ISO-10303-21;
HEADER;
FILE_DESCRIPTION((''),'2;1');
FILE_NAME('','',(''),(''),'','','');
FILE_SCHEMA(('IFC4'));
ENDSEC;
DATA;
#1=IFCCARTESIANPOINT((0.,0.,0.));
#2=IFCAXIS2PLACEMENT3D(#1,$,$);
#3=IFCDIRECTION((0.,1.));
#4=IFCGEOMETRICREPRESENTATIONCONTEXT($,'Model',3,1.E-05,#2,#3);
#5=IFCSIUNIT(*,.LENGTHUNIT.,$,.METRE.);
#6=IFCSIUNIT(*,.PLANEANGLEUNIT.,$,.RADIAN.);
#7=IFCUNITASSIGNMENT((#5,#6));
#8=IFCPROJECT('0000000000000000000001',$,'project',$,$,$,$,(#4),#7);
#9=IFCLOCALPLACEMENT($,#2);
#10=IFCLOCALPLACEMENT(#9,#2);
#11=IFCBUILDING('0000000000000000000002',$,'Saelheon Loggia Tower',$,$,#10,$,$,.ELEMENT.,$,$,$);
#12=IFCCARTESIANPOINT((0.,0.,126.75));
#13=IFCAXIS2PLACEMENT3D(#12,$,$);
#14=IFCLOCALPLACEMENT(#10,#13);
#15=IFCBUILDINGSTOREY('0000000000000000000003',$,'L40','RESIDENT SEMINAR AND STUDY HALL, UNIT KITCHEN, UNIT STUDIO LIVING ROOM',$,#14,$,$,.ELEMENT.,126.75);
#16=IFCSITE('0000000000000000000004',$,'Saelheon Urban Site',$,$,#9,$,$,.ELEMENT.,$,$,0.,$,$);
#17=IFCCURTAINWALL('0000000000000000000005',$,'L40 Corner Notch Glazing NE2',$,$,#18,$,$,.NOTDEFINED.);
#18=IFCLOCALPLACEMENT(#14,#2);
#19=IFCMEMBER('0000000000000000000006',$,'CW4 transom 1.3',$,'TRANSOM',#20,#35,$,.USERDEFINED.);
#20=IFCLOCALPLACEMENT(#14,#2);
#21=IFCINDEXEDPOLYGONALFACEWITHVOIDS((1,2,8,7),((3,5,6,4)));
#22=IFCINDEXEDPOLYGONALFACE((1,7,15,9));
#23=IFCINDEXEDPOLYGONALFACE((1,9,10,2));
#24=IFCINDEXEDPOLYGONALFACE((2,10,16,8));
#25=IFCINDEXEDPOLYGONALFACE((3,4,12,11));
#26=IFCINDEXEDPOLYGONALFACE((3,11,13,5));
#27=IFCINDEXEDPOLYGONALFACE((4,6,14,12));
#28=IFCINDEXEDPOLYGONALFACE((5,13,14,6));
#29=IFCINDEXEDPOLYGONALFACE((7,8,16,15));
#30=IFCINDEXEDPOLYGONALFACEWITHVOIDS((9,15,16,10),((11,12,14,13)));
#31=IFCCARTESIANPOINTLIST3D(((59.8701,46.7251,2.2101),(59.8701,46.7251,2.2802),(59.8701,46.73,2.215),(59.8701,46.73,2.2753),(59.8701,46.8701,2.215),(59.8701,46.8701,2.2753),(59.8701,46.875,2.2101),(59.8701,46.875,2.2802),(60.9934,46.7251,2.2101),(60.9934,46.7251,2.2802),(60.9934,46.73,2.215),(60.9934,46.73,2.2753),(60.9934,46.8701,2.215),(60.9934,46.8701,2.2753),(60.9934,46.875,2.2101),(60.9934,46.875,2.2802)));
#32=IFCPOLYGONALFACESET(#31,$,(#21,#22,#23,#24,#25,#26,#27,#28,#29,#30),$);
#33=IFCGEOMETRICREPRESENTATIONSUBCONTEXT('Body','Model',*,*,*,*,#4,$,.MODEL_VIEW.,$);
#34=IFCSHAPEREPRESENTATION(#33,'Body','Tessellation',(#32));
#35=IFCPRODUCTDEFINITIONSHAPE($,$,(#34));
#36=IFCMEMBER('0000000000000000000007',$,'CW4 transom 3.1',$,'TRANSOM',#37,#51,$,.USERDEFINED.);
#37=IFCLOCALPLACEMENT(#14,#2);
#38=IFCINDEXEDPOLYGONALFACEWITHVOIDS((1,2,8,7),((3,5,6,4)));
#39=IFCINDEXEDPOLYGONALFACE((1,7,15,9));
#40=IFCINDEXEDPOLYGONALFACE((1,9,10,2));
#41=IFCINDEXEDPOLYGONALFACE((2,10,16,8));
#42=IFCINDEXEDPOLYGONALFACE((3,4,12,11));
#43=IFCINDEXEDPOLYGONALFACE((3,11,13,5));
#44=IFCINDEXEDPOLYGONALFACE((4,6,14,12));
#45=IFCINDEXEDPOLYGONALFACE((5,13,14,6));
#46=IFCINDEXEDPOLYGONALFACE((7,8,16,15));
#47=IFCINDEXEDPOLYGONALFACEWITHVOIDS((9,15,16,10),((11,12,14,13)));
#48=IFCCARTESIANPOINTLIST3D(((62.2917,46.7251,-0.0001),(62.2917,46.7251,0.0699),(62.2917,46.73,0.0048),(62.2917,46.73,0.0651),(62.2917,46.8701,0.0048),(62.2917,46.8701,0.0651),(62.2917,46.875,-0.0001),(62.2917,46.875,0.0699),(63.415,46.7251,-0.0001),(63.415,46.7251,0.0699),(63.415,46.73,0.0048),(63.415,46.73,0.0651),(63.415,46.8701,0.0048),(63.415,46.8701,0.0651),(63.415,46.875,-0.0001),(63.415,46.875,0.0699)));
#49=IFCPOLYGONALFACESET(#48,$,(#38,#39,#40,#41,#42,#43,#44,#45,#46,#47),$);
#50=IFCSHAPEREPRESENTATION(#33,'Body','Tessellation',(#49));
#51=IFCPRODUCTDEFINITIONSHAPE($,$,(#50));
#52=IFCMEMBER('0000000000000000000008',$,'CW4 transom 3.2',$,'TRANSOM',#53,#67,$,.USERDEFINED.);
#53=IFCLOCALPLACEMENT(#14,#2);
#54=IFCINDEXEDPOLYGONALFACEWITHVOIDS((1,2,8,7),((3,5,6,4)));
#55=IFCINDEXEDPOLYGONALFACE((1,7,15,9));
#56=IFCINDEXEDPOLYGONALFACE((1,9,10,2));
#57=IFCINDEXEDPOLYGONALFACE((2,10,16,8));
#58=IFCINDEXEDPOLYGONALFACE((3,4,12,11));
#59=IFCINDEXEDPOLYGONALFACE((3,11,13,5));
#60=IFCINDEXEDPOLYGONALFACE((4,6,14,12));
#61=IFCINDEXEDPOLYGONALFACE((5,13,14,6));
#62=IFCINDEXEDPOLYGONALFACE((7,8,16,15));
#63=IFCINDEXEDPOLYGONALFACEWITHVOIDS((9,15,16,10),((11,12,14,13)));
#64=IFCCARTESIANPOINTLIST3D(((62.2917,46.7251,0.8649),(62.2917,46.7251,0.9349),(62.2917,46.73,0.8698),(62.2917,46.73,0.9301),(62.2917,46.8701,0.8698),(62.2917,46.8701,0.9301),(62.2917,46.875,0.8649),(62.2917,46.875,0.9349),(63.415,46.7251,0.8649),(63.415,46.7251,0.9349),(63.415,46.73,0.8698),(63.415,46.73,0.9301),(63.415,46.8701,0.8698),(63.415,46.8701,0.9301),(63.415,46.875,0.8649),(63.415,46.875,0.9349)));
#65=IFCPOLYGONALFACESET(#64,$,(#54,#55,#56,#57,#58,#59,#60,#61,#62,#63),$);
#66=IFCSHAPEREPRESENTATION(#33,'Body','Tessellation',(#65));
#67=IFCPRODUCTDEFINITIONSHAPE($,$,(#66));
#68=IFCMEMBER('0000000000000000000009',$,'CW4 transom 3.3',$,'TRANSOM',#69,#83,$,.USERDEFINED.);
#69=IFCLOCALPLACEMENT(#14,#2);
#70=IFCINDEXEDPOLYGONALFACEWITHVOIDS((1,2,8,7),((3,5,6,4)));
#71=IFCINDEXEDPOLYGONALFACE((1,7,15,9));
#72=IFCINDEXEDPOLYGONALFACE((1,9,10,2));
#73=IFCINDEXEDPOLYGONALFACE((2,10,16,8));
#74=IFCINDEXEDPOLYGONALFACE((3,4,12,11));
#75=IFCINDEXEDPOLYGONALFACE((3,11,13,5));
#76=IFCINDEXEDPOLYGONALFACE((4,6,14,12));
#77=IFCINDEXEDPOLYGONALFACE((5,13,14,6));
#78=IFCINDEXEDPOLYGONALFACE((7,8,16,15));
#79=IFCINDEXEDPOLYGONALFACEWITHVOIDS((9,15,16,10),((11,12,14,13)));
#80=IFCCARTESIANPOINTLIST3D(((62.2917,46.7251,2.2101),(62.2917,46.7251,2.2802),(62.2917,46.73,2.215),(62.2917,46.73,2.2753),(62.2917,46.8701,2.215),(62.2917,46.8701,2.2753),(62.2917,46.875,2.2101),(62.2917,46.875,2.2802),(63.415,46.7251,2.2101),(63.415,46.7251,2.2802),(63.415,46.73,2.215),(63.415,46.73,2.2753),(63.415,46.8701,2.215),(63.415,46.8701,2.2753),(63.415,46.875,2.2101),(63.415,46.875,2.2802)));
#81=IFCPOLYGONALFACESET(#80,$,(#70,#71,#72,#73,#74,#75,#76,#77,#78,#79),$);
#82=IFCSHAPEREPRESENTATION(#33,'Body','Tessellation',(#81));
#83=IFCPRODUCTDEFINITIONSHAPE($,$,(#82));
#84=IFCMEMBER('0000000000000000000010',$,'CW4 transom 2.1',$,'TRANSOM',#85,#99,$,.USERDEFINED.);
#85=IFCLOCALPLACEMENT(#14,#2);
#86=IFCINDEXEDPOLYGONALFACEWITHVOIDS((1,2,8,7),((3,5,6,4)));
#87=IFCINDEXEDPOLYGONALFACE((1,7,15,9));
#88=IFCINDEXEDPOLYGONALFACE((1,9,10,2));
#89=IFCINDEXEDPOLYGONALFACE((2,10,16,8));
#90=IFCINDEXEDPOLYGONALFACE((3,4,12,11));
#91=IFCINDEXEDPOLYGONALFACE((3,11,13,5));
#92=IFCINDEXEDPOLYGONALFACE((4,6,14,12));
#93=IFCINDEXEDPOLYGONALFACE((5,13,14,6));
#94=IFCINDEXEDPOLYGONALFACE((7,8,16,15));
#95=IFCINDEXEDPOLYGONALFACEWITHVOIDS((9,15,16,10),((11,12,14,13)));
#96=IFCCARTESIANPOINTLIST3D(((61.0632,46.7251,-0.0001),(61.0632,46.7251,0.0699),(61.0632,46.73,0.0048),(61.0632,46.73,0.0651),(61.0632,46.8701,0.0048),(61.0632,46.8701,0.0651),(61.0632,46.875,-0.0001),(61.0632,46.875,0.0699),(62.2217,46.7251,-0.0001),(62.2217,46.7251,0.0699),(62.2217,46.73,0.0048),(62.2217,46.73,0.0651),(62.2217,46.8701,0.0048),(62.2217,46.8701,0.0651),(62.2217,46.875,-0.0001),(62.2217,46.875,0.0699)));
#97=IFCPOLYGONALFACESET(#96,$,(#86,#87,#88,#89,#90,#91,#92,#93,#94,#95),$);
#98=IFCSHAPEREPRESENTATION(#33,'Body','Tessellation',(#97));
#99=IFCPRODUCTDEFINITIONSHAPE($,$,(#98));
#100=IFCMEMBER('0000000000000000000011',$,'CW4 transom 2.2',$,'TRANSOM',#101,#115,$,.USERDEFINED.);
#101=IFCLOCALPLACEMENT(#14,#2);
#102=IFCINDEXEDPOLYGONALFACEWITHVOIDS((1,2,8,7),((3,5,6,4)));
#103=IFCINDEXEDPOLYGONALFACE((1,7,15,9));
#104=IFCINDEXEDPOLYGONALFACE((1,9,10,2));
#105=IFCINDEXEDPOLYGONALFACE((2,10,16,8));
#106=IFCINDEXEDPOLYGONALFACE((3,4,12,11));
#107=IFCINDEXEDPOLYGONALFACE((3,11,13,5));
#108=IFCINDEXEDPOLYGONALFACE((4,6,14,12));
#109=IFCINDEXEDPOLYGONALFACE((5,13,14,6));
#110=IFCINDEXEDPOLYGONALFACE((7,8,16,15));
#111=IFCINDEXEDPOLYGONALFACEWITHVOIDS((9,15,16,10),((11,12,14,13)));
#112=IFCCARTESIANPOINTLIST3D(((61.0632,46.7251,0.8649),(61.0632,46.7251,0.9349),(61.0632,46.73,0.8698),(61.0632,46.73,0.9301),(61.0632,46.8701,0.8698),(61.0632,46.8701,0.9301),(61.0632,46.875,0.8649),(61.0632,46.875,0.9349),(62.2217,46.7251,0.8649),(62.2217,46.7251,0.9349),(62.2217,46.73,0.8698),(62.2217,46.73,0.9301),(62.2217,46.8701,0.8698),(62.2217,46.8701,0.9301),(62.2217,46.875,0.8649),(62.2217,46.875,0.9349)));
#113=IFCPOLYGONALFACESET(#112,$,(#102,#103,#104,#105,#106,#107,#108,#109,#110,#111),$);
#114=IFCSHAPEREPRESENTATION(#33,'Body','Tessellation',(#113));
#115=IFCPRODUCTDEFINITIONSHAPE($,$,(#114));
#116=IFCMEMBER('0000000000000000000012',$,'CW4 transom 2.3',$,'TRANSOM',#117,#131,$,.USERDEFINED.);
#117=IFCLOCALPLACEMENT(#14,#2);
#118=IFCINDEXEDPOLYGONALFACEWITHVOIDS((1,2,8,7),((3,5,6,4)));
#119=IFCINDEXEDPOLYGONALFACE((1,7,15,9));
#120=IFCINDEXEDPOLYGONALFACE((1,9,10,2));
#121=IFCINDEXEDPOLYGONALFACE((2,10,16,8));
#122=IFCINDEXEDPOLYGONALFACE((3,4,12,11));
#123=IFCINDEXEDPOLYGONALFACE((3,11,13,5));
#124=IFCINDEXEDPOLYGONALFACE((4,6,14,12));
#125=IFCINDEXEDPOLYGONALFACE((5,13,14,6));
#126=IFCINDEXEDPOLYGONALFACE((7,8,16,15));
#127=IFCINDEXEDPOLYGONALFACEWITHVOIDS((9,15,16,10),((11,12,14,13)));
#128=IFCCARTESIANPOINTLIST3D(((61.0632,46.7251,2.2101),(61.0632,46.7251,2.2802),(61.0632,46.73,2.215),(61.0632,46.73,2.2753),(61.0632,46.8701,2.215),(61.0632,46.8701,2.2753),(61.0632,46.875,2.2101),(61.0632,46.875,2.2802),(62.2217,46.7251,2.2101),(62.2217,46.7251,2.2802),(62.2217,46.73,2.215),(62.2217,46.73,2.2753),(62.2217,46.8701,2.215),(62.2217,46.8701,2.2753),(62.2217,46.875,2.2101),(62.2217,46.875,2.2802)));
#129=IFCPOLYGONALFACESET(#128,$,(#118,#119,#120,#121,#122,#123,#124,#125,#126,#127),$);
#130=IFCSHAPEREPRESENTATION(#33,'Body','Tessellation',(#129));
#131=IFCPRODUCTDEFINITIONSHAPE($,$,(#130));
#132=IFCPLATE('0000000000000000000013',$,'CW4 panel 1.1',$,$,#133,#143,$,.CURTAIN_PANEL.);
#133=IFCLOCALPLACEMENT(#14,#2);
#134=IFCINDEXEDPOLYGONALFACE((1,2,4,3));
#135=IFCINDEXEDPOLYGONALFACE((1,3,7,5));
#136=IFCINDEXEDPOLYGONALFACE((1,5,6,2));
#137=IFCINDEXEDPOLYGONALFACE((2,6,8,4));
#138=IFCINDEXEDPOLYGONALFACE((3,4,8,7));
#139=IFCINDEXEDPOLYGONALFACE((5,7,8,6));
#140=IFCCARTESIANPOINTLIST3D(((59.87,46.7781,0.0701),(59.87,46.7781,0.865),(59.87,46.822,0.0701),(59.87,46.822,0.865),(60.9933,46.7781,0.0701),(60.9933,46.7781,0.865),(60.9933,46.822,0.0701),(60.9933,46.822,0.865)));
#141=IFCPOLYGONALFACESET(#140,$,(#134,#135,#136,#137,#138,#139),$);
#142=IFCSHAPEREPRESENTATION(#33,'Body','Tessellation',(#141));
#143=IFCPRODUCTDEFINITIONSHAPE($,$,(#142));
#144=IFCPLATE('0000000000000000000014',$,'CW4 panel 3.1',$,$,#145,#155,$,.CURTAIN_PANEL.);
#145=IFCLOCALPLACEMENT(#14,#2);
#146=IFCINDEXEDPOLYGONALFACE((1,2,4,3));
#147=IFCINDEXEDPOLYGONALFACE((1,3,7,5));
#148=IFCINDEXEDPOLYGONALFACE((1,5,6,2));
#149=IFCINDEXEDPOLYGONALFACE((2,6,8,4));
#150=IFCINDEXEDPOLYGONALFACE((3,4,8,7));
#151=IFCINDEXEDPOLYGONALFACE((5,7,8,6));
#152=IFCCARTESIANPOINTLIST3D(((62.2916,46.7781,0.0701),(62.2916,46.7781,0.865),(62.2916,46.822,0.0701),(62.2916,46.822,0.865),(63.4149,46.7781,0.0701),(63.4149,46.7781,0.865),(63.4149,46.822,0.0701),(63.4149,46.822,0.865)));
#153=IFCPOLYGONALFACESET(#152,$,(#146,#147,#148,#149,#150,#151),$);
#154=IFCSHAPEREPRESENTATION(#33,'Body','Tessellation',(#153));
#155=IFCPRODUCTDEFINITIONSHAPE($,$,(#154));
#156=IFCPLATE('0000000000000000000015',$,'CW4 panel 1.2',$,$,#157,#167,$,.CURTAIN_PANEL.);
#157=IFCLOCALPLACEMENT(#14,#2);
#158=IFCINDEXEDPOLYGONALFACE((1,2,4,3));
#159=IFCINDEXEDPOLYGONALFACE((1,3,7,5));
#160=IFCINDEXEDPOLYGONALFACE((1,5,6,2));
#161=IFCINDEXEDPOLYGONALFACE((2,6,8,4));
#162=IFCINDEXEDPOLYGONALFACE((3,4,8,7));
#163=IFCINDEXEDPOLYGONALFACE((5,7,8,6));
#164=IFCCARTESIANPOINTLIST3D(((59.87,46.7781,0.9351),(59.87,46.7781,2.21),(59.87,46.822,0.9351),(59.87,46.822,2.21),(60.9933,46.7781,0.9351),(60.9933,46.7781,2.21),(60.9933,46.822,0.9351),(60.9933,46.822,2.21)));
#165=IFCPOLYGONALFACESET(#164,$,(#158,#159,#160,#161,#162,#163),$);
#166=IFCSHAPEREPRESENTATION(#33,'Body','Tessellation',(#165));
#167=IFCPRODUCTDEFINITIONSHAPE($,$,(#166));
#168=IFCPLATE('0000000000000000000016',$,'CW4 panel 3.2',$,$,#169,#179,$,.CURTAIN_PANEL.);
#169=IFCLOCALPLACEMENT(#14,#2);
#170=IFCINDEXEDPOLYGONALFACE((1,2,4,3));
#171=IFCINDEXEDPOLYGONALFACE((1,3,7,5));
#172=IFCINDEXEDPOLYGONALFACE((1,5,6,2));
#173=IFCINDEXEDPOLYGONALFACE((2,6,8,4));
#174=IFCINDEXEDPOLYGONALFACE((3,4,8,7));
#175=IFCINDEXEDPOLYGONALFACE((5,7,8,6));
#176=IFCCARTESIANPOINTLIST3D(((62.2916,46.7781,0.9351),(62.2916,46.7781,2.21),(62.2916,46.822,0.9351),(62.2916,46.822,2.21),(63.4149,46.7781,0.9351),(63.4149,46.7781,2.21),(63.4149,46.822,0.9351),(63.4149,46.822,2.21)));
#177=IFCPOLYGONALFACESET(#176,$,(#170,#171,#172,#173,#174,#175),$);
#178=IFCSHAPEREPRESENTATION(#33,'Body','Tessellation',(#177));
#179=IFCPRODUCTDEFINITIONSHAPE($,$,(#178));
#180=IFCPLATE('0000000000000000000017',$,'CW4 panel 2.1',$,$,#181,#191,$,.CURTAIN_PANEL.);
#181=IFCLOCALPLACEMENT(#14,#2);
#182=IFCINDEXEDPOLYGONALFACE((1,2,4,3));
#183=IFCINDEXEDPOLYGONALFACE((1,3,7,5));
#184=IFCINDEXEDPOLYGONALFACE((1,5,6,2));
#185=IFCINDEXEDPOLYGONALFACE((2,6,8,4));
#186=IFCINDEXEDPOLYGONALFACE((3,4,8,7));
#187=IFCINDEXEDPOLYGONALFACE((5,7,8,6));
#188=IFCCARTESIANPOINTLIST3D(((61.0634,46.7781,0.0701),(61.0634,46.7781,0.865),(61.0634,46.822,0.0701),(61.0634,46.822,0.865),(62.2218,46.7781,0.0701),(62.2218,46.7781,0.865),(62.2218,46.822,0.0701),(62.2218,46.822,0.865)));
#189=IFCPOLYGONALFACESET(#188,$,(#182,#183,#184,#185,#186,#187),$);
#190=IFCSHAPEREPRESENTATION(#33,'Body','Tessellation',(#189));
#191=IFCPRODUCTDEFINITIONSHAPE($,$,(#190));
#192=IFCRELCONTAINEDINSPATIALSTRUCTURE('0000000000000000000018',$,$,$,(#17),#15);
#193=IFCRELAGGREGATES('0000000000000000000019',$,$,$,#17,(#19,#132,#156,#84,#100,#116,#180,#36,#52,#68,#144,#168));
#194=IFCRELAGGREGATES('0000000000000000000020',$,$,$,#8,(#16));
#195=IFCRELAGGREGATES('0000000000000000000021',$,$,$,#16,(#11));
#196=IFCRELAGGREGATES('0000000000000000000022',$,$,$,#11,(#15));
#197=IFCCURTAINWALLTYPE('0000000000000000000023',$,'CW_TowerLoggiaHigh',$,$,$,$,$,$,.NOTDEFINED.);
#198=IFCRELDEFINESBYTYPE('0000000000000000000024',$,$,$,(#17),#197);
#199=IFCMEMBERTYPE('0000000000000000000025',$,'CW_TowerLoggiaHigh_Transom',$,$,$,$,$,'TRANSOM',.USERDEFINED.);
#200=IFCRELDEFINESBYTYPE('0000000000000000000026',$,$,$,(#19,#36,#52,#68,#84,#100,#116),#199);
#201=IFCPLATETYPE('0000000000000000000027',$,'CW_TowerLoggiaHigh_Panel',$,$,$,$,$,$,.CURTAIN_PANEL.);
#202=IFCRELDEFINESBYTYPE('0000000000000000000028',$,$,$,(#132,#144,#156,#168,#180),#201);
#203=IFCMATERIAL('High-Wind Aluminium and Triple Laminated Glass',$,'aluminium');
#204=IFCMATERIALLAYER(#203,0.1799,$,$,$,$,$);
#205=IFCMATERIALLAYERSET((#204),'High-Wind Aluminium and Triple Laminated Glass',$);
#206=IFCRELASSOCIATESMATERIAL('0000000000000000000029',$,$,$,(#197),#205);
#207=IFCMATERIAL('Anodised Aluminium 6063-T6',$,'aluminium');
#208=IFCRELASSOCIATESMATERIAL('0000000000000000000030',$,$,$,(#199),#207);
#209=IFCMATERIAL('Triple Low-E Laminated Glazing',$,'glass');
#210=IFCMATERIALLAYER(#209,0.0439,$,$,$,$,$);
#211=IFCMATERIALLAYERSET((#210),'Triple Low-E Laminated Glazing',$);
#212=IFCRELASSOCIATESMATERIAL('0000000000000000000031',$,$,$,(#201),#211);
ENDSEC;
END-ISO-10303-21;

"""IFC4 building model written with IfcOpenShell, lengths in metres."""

from ifc_helpers import new_model, si_unit, direction, frame, origin, origin_2d, place, context, subcontext, project, spatial, rectangle, hollow_rectangle, extrude, source, transform, mapped, material, layer, layer_set, material_profile, profile_set, type_object, element, aggregate, save


model = new_model("IFC4")

# Units and contexts
model_context = context("Model", 3, precision=1e-05, world=origin(), true_north=direction((0.0, 1.0)))
body_context = subcontext(model_context, "Body", "Model", "MODEL_VIEW")
ifc_project = project(units=[si_unit("LENGTHUNIT", "METRE"), si_unit("PLANEANGLEUNIT", "RADIAN")], contexts=[model_context])

# Site, building, storey
site_placement = place(None, origin())
site = spatial("IfcSite", under=ifc_project, at=site_placement, Name="Saelheon Urban Site", CompositionType="ELEMENT", RefElevation=0.0)
building_placement = place(site_placement, origin())
building = spatial("IfcBuilding", under=site, at=building_placement, Name="Saelheon Loggia Tower", CompositionType="ELEMENT")
storey_placement = place(building_placement, frame((0.0, 0.0, 126.75)))
storey = spatial("IfcBuildingStorey", under=building, at=storey_placement, Name="L40", Description="RESIDENT SEMINAR AND STUDY HALL, UNIT KITCHEN, UNIT STUDIO LIVING ROOM", CompositionType="ELEMENT", Elevation=126.75)

# Curtain wall, members, plates
ifc_material_1 = material(Name="High-Wind Aluminium and Triple Laminated Glass", Category="aluminium")
ifc_layer_1 = layer(ifc_material_1, 0.1799)
ifc_layer_set_1 = layer_set([ifc_layer_1], Name="High-Wind Aluminium and Triple Laminated Glass")
curtain_wall_type = type_object("IfcCurtainWallType", Name="CW_TowerLoggiaHigh", PredefinedType="NOTDEFINED", material=ifc_layer_set_1)
curtain_wall_placement = place(storey_placement, origin())
curtain_wall = element("IfcCurtainWall", 1, at=curtain_wall_placement, inside=storey, type_object=curtain_wall_type, Name="L40 Corner Notch Glazing NE2", PredefinedType="NOTDEFINED")
ifc_material_2 = material(Name="Anodised Aluminium 6063-T6", Category="aluminium")
ifc_material_profile_1 = material_profile(ifc_material_2, hollow_rectangle(XDim=0.0701, YDim=0.1499, WallThickness=0.0049, at=origin_2d()), Name="RHS-150x70x5")
ifc_profile_set_1 = profile_set([ifc_material_profile_1], Name="Anodised Aluminium 6063-T6")
member_type_1 = type_object("IfcMemberType", Name="CW_TowerLoggiaHigh_Transom", ElementType="TRANSOM", PredefinedType="USERDEFINED", material=ifc_profile_set_1)
shared_shape_1 = source(origin(), body_context, "Body", "SweptSolid", [
    extrude(hollow_rectangle(XDim=0.0701, YDim=0.1499, WallThickness=0.0049, at=origin_2d()), origin(), (0.0, 0.0, 1.0), 1.1233),
])
member_1_placement = place(storey_placement, frame((59.8701, 46.8, 2.2451), z_axis=(1.0, 0.0, 0.0), x_axis=(0.0, 0.0, 1.0)))
member_1 = element("IfcMember", 2, at=member_1_placement, type_object=member_type_1, Name="CW4 transom 1.3", ObjectType="TRANSOM", PredefinedType="USERDEFINED", context=body_context, shape_type="MappedRepresentation", body=[
    mapped(shared_shape_1, transform((0.0, 0.0, 0.0), scale=1.0)),
])
member_2_placement = place(storey_placement, frame((62.2917, 46.8, 0.0349), z_axis=(1.0, 0.0, 0.0), x_axis=(0.0, 0.0, 1.0)))
member_2 = element("IfcMember", 3, at=member_2_placement, type_object=member_type_1, Name="CW4 transom 3.1", ObjectType="TRANSOM", PredefinedType="USERDEFINED", context=body_context, shape_type="MappedRepresentation", body=[
    mapped(shared_shape_1, transform((0.0, 0.0, 0.0), scale=1.0)),
])
member_3_placement = place(storey_placement, frame((62.2917, 46.8, 0.8999), z_axis=(1.0, 0.0, 0.0), x_axis=(0.0, 0.0, 1.0)))
member_3 = element("IfcMember", 4, at=member_3_placement, type_object=member_type_1, Name="CW4 transom 3.2", ObjectType="TRANSOM", PredefinedType="USERDEFINED", context=body_context, shape_type="MappedRepresentation", body=[
    mapped(shared_shape_1, transform((0.0, 0.0, 0.0), scale=1.0)),
])
member_4_placement = place(storey_placement, frame((62.2917, 46.8, 2.2451), z_axis=(1.0, 0.0, 0.0), x_axis=(0.0, 0.0, 1.0)))
member_4 = element("IfcMember", 5, at=member_4_placement, type_object=member_type_1, Name="CW4 transom 3.3", ObjectType="TRANSOM", PredefinedType="USERDEFINED", context=body_context, shape_type="MappedRepresentation", body=[
    mapped(shared_shape_1, transform((0.0, 0.0, 0.0), scale=1.0)),
])
shared_shape_2 = source(origin(), body_context, "Body", "SweptSolid", [
    extrude(hollow_rectangle(XDim=0.0701, YDim=0.1499, WallThickness=0.0049, at=origin_2d()), origin(), (0.0, 0.0, 1.0), 1.1584),
])
member_5_placement = place(storey_placement, frame((61.0632, 46.8, 0.0349), z_axis=(1.0, 0.0, 0.0), x_axis=(0.0, 0.0, 1.0)))
member_5 = element("IfcMember", 6, at=member_5_placement, type_object=member_type_1, Name="CW4 transom 2.1", ObjectType="TRANSOM", PredefinedType="USERDEFINED", context=body_context, shape_type="MappedRepresentation", body=[
    mapped(shared_shape_2, transform((0.0, 0.0, 0.0), scale=1.0)),
])
member_6_placement = place(storey_placement, frame((61.0632, 46.8, 0.8999), z_axis=(1.0, 0.0, 0.0), x_axis=(0.0, 0.0, 1.0)))
member_6 = element("IfcMember", 7, at=member_6_placement, type_object=member_type_1, Name="CW4 transom 2.2", ObjectType="TRANSOM", PredefinedType="USERDEFINED", context=body_context, shape_type="MappedRepresentation", body=[
    mapped(shared_shape_2, transform((0.0, 0.0, 0.0), scale=1.0)),
])
member_7_placement = place(storey_placement, frame((61.0632, 46.8, 2.2451), z_axis=(1.0, 0.0, 0.0), x_axis=(0.0, 0.0, 1.0)))
member_7 = element("IfcMember", 8, at=member_7_placement, type_object=member_type_1, Name="CW4 transom 2.3", ObjectType="TRANSOM", PredefinedType="USERDEFINED", context=body_context, shape_type="MappedRepresentation", body=[
    mapped(shared_shape_2, transform((0.0, 0.0, 0.0), scale=1.0)),
])
ifc_material_3 = material(Name="Triple Low-E Laminated Glazing", Category="glass")
ifc_layer_2 = layer(ifc_material_3, 0.0439)
ifc_layer_set_2 = layer_set([ifc_layer_2], Name="Triple Low-E Laminated Glazing")
plate_type = type_object("IfcPlateType", Name="CW_TowerLoggiaHigh_Panel", PredefinedType="CURTAIN_PANEL", material=ifc_layer_set_2)
shared_shape_3 = source(origin(), body_context, "Body", "SweptSolid", [
    extrude(rectangle(XDim=1.1233, YDim=0.0439, at=origin_2d()), origin(), (0.0, 0.0, 1.0), 0.7949),
])
plate_1_placement = place(storey_placement, frame((60.4316, 46.8, 0.0701), z_axis=(0.0, 0.0, 1.0), x_axis=(1.0, 0.0, 0.0)))
plate_1 = element("IfcPlate", 9, at=plate_1_placement, type_object=plate_type, Name="CW4 panel 1.1", PredefinedType="CURTAIN_PANEL", context=body_context, shape_type="MappedRepresentation", body=[
    mapped(shared_shape_3, transform((0.0, 0.0, 0.0), scale=1.0)),
])
plate_2_placement = place(storey_placement, frame((62.8533, 46.8, 0.0701), z_axis=(0.0, 0.0, 1.0), x_axis=(1.0, 0.0, 0.0)))
plate_2 = element("IfcPlate", 10, at=plate_2_placement, type_object=plate_type, Name="CW4 panel 3.1", PredefinedType="CURTAIN_PANEL", context=body_context, shape_type="MappedRepresentation", body=[
    mapped(shared_shape_3, transform((0.0, 0.0, 0.0), scale=1.0)),
])
shared_shape_4 = source(origin(), body_context, "Body", "SweptSolid", [
    extrude(rectangle(XDim=1.1233, YDim=0.0439, at=origin_2d()), origin(), (0.0, 0.0, 1.0), 1.2749),
])
plate_3_placement = place(storey_placement, frame((60.4316, 46.8, 0.9351), z_axis=(0.0, 0.0, 1.0), x_axis=(1.0, 0.0, 0.0)))
plate_3 = element("IfcPlate", 11, at=plate_3_placement, type_object=plate_type, Name="CW4 panel 1.2", PredefinedType="CURTAIN_PANEL", context=body_context, shape_type="MappedRepresentation", body=[
    mapped(shared_shape_4, transform((0.0, 0.0, 0.0), scale=1.0)),
])
plate_4_placement = place(storey_placement, frame((62.8533, 46.8, 0.9351), z_axis=(0.0, 0.0, 1.0), x_axis=(1.0, 0.0, 0.0)))
plate_4 = element("IfcPlate", 12, at=plate_4_placement, type_object=plate_type, Name="CW4 panel 3.2", PredefinedType="CURTAIN_PANEL", context=body_context, shape_type="MappedRepresentation", body=[
    mapped(shared_shape_4, transform((0.0, 0.0, 0.0), scale=1.0)),
])
shared_shape_5 = source(origin(), body_context, "Body", "SweptSolid", [
    extrude(rectangle(XDim=1.1584, YDim=0.0439, at=origin_2d()), origin(), (0.0, 0.0, 1.0), 0.7949),
])
plate_5_placement = place(storey_placement, frame((61.6426, 46.8, 0.0701), z_axis=(0.0, 0.0, 1.0), x_axis=(1.0, 0.0, 0.0)))
plate_5 = element("IfcPlate", 13, at=plate_5_placement, type_object=plate_type, Name="CW4 panel 2.1", PredefinedType="CURTAIN_PANEL", context=body_context, shape_type="MappedRepresentation", body=[
    mapped(shared_shape_5, transform((0.0, 0.0, 0.0), scale=1.0)),
])
aggregate(curtain_wall, [member_1, plate_1, plate_3, member_5, member_6, member_7, plate_5, member_2, member_3, member_4, plate_2, plate_4])

save(model, "model.ifc")
